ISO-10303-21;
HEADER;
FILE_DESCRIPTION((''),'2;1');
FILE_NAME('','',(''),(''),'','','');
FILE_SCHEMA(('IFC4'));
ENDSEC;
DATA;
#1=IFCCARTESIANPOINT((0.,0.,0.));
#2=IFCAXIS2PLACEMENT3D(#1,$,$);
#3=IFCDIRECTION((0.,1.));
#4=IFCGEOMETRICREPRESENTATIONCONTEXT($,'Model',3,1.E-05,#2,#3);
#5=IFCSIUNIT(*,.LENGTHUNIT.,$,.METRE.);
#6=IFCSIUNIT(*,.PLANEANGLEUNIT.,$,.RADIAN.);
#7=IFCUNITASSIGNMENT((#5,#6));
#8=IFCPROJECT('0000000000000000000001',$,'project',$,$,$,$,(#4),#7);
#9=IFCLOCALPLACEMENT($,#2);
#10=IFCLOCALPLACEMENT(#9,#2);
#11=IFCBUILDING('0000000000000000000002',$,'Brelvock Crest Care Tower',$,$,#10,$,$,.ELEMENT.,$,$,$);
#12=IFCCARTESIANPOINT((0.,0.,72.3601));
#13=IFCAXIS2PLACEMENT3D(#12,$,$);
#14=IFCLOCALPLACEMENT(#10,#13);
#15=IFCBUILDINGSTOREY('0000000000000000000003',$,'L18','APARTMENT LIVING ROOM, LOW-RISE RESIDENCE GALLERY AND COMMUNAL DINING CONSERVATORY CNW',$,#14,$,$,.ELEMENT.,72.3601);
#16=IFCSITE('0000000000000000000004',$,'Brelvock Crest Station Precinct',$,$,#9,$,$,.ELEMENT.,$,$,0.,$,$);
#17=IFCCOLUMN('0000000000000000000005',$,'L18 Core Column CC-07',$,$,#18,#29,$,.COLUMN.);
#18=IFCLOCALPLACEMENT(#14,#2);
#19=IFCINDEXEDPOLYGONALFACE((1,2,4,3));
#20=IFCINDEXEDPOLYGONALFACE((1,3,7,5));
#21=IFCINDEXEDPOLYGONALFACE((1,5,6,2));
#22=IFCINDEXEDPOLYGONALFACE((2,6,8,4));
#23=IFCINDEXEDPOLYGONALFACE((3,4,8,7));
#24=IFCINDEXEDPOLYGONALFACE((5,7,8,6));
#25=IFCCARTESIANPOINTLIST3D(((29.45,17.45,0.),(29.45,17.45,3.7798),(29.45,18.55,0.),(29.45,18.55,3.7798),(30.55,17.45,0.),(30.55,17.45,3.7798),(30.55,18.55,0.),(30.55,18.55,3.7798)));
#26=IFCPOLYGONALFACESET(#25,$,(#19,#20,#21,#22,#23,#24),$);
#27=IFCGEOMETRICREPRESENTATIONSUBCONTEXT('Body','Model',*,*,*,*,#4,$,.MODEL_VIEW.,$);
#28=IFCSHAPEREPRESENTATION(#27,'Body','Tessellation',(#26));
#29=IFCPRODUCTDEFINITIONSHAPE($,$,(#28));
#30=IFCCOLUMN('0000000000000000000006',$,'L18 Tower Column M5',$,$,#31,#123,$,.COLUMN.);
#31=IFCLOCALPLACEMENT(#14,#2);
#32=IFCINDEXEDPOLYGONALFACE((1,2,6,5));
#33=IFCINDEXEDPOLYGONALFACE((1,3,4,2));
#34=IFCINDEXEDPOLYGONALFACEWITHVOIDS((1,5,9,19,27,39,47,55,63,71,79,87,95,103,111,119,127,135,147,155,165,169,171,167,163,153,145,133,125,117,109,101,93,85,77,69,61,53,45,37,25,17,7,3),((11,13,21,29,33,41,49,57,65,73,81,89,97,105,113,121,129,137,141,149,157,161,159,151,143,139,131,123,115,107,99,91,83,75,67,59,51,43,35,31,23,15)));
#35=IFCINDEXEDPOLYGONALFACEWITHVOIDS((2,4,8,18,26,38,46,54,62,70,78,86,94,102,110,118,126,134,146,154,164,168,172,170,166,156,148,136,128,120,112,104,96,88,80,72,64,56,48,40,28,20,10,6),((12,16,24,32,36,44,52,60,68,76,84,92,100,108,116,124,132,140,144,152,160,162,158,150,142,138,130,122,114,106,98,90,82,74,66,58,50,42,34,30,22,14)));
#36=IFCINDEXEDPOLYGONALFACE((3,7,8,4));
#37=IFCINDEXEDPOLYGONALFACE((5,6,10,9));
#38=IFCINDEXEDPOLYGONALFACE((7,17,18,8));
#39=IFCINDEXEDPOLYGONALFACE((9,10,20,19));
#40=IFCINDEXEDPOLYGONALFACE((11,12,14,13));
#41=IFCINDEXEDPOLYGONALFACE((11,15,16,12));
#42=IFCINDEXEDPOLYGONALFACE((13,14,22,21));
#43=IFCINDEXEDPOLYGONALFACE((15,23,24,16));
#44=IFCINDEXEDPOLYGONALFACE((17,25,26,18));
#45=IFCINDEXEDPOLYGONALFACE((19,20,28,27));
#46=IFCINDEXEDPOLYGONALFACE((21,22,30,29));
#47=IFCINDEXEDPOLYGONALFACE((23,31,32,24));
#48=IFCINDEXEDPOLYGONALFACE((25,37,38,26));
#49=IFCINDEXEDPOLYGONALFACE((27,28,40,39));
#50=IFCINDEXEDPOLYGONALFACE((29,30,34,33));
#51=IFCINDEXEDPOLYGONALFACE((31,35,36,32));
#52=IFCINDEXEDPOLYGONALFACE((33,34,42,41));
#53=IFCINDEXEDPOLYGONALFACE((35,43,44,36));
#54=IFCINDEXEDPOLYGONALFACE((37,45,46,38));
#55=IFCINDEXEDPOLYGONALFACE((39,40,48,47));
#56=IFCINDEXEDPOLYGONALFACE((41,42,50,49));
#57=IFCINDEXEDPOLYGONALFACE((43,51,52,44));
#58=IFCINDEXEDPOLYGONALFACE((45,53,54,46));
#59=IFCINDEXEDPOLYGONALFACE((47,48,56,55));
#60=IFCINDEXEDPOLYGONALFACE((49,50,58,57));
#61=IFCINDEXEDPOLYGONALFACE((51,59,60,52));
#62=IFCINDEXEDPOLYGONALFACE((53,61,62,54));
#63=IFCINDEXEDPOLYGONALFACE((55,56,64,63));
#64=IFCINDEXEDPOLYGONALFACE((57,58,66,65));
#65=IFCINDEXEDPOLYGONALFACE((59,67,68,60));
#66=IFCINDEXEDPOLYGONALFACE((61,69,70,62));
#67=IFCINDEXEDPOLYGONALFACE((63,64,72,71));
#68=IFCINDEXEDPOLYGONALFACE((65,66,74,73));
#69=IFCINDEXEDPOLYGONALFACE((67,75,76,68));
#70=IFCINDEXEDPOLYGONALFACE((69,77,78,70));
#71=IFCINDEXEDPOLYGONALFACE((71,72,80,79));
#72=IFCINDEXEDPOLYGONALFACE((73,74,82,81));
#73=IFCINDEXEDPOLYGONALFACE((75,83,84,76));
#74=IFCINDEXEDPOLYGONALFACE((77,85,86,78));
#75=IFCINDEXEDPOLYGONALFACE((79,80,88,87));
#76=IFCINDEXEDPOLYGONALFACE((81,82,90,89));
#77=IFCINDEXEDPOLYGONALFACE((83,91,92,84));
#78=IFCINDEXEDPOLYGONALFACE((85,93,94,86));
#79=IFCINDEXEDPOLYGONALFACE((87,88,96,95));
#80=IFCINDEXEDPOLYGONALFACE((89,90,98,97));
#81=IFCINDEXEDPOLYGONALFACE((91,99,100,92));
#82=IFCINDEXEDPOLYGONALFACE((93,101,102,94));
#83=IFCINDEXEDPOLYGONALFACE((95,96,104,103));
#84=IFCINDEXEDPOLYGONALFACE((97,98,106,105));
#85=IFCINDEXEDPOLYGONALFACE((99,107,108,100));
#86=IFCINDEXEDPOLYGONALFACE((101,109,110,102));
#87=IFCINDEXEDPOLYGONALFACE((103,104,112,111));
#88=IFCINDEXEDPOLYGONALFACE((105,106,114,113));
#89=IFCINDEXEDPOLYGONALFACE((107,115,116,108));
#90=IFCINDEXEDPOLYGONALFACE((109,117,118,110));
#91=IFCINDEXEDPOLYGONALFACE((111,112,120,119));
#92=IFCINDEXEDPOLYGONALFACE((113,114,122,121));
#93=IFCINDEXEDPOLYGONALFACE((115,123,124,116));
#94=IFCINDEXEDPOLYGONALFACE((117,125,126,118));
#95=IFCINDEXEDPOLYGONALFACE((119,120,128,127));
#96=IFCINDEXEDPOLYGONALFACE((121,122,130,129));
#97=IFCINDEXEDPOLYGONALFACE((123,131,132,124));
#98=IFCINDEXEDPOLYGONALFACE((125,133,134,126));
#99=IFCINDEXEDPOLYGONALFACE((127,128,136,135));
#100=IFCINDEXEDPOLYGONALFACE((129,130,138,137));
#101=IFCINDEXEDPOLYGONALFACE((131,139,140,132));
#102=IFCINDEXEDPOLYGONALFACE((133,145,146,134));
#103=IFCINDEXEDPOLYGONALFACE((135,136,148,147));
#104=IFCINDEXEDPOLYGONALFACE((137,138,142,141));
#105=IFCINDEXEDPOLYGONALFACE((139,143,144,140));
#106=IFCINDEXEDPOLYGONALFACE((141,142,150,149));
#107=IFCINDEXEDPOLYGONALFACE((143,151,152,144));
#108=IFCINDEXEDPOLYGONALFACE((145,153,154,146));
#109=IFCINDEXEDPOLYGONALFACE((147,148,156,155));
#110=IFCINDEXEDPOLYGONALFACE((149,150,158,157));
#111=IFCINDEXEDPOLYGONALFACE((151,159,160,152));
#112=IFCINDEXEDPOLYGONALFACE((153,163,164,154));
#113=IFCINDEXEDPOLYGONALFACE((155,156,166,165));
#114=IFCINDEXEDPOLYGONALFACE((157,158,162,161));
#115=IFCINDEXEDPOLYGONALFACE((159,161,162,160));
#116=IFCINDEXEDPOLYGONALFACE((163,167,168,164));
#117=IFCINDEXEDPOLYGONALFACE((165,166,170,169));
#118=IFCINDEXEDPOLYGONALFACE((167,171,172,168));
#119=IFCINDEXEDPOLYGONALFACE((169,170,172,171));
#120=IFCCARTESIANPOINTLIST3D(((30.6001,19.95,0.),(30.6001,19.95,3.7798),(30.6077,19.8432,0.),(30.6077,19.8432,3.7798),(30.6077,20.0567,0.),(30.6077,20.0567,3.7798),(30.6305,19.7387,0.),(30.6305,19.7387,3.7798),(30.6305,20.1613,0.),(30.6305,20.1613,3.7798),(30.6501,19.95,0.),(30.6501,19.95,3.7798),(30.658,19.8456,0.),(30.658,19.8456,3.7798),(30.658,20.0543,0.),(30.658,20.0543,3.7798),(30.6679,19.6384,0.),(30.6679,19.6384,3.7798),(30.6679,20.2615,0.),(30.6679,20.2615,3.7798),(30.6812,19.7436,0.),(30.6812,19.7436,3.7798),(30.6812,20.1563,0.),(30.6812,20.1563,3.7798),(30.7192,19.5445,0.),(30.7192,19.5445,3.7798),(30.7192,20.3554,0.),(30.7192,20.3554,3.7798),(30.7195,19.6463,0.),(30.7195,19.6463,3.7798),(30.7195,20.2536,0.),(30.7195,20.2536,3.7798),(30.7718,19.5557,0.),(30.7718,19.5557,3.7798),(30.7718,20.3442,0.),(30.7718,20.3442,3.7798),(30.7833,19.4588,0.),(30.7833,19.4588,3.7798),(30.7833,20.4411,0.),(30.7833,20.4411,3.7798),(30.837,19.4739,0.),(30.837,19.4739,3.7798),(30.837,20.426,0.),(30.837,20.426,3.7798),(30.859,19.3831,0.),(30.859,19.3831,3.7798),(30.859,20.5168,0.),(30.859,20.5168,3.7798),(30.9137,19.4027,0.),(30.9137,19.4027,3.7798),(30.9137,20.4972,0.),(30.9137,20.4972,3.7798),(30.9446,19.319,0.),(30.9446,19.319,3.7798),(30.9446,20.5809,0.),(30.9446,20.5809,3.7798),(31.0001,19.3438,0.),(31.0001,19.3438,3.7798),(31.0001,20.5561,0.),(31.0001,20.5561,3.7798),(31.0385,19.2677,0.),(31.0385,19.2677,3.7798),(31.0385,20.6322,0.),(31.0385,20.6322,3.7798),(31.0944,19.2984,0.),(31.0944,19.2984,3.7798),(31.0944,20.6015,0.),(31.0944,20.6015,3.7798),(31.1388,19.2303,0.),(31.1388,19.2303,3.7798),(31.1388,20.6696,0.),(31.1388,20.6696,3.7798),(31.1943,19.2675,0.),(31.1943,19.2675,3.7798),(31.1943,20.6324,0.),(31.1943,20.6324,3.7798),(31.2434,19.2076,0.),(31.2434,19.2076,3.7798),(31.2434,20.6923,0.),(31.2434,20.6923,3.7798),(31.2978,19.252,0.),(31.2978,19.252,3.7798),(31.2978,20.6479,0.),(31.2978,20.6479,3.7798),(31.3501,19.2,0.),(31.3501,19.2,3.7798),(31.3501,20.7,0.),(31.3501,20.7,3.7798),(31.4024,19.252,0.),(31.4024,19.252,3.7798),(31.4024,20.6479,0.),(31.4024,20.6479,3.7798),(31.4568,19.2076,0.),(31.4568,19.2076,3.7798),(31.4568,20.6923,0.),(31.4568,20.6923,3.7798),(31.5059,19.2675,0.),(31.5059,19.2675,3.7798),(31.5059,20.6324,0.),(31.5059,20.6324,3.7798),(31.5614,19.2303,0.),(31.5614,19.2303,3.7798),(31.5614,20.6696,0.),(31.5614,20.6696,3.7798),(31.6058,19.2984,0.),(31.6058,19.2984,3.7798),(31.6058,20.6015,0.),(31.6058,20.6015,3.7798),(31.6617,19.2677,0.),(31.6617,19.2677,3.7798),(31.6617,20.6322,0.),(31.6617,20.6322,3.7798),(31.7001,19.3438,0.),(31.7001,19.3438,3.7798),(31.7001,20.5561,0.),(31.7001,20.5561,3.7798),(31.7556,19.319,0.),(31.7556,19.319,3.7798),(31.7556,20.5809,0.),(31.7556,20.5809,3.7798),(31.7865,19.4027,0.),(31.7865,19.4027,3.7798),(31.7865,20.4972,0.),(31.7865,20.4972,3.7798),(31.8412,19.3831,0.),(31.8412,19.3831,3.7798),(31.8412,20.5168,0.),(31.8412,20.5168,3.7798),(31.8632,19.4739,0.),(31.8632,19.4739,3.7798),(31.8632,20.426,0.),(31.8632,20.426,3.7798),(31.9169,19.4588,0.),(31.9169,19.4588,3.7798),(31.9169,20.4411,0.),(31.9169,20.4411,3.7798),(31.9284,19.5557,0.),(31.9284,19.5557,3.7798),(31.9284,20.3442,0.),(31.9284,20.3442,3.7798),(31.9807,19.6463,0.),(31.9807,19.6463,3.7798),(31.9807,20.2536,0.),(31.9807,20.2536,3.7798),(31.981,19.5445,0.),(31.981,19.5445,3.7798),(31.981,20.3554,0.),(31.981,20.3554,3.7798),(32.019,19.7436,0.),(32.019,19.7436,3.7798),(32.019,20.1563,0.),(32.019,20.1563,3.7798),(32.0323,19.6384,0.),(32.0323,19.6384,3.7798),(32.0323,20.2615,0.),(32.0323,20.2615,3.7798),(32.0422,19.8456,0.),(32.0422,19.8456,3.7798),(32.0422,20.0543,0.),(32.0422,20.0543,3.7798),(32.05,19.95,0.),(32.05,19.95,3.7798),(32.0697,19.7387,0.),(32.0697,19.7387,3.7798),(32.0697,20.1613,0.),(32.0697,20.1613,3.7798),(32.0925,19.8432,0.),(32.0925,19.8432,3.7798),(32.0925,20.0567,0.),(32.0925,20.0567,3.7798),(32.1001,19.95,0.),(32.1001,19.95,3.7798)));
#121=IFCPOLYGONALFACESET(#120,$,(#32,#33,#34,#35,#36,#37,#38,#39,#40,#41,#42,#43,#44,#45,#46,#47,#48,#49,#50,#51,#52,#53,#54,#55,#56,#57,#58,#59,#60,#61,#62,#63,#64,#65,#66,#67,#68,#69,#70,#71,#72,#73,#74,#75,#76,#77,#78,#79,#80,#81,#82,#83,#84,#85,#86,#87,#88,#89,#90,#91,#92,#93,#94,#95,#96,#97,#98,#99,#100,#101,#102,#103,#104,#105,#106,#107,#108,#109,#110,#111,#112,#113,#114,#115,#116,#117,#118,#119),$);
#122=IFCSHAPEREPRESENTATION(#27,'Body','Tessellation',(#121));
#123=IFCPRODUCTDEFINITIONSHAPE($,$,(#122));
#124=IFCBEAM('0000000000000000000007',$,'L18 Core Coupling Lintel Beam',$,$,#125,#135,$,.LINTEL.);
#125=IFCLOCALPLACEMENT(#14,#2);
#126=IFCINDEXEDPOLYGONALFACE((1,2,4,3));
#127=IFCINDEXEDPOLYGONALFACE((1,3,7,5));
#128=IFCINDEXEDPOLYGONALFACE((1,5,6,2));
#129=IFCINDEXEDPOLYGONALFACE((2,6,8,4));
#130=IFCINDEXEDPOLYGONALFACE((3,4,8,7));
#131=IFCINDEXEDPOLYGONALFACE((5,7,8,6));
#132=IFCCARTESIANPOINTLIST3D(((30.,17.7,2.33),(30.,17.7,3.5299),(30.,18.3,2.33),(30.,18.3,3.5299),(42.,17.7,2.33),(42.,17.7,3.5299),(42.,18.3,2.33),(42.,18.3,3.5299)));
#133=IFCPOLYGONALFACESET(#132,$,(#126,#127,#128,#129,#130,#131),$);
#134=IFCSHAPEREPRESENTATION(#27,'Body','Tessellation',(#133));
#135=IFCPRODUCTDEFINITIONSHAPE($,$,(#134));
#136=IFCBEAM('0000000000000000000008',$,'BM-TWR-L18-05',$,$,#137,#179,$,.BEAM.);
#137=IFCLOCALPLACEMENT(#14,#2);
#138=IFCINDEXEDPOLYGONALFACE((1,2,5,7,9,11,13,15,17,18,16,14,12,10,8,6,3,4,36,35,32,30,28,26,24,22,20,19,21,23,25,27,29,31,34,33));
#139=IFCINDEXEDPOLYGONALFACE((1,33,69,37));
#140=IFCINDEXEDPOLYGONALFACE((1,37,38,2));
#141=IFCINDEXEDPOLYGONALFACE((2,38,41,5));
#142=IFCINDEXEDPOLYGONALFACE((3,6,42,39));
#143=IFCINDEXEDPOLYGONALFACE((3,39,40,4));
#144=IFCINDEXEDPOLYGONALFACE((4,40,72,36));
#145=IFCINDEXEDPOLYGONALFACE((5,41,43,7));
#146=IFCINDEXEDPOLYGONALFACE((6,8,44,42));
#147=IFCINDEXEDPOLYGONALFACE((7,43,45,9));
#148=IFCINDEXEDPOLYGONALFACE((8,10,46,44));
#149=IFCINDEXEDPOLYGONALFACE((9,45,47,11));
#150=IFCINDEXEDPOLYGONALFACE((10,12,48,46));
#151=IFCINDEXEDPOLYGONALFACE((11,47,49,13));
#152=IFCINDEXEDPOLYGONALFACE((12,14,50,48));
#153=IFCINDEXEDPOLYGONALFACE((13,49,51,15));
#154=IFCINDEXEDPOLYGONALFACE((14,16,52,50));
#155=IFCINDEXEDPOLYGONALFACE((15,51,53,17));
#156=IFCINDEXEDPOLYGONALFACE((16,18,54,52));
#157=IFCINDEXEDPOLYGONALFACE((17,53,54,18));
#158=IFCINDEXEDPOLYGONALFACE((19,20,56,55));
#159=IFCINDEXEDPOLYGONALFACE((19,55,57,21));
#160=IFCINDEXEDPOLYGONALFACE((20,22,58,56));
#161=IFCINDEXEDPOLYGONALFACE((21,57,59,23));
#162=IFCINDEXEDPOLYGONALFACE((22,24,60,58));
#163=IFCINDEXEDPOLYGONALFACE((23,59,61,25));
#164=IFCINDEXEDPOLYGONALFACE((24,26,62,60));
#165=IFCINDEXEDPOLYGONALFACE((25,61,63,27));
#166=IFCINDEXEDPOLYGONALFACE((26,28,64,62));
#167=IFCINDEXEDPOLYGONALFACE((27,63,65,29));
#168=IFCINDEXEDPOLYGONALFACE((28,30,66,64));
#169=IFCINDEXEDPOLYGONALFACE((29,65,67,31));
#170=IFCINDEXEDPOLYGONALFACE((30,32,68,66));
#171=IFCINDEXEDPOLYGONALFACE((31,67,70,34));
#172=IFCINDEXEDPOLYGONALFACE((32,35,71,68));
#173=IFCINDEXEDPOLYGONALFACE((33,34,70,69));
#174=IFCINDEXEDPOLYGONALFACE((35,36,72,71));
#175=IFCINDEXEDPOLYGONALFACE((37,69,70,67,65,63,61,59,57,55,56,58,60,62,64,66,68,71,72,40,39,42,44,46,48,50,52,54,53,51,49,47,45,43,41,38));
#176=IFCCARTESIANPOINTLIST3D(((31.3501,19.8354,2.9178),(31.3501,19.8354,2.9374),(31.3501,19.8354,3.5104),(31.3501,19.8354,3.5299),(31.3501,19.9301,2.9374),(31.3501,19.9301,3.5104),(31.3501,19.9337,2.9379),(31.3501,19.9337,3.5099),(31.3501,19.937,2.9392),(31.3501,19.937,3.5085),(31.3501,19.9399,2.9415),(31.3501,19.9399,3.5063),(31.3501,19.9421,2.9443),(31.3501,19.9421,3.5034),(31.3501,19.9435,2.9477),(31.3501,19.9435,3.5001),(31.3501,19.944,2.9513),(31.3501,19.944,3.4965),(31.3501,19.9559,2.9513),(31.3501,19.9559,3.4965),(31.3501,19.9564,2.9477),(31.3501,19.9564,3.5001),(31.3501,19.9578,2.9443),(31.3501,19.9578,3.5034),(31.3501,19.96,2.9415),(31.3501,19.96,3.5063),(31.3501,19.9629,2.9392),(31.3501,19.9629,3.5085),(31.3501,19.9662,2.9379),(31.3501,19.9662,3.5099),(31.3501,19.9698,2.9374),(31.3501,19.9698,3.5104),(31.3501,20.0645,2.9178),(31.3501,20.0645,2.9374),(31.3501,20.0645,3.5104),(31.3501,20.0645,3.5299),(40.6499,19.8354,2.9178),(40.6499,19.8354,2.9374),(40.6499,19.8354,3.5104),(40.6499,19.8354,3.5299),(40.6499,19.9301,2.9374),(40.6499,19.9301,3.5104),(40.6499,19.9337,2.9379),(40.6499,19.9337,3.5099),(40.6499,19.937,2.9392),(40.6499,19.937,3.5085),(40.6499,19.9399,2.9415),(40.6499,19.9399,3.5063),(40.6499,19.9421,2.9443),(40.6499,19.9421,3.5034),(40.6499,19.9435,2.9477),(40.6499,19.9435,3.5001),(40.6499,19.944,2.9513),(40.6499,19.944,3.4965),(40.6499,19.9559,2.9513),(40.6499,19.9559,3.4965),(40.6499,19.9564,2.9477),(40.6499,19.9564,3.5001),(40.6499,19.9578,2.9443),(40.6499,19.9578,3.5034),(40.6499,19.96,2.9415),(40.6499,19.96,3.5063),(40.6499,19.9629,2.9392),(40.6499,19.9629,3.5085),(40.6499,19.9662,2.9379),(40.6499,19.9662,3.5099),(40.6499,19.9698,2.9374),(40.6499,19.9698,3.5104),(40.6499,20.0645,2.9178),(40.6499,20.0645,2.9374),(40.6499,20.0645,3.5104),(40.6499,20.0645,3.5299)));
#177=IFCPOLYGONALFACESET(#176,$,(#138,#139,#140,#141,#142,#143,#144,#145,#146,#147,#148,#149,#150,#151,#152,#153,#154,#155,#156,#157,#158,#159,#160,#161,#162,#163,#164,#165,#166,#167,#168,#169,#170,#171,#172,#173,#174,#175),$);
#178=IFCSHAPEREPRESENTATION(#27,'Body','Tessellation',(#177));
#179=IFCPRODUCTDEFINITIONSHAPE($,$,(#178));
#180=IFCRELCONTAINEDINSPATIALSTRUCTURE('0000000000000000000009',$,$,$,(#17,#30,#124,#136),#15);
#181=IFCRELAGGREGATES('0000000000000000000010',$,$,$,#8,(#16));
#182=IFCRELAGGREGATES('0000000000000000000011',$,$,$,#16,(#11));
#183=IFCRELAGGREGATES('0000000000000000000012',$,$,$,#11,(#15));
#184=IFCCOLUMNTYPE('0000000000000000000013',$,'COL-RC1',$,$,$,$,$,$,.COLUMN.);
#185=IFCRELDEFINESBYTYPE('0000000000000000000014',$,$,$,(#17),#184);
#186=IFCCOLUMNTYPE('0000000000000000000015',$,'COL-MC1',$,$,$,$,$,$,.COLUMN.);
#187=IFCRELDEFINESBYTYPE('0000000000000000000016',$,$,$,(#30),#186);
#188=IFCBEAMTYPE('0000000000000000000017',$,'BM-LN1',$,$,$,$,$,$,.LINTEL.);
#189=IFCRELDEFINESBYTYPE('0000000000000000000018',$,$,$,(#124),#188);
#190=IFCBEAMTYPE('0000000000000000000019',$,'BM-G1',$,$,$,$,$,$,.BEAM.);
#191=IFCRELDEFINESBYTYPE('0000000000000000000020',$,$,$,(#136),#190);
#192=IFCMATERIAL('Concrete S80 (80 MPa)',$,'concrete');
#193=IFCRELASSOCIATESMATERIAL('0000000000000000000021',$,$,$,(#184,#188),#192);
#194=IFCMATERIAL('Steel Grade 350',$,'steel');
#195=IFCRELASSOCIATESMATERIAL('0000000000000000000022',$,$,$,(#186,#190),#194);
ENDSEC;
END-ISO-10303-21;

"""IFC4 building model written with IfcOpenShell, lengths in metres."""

from ifc_helpers import new_model, si_unit, direction, frame, origin, origin_2d, place, context, subcontext, project, spatial, rectangle, hollow_circle, i_section, extrude, source, transform, mapped, material, material_profile, profile_set, type_object, element, save


model = new_model("IFC4")

# Units and contexts
model_context = context("Model", 3, precision=1e-05, world=origin(), true_north=direction((0.0, 1.0)))
body_context = subcontext(model_context, "Body", "Model", "MODEL_VIEW")
ifc_project = project(units=[si_unit("LENGTHUNIT", "METRE"), si_unit("PLANEANGLEUNIT", "RADIAN")], contexts=[model_context])

# Site, building, storey
site_placement = place(None, origin())
site = spatial("IfcSite", under=ifc_project, at=site_placement, Name="Brelvock Crest Station Precinct", CompositionType="ELEMENT", RefElevation=0.0)
building_placement = place(site_placement, origin())
building = spatial("IfcBuilding", under=site, at=building_placement, Name="Brelvock Crest Care Tower", CompositionType="ELEMENT")
storey_placement = place(building_placement, frame((0.0, 0.0, 72.3601)))
storey = spatial("IfcBuildingStorey", under=building, at=storey_placement, Name="L18", Description="APARTMENT LIVING ROOM, LOW-RISE RESIDENCE GALLERY AND COMMUNAL DINING CONSERVATORY CNW", CompositionType="ELEMENT", Elevation=72.3601)

# Columns
ifc_material_1 = material(Name="Concrete S80 (80 MPa)", Category="concrete")
ifc_material_profile_1 = material_profile(ifc_material_1, rectangle(XDim=1.1001, YDim=1.1001, at=origin_2d()), Name="RC1100x1100")
ifc_profile_set_1 = profile_set([ifc_material_profile_1], Name="Concrete S80 (80 MPa)")
column_type_1 = type_object("IfcColumnType", Name="COL-RC1", PredefinedType="COLUMN", material=ifc_profile_set_1)
shared_shape_1 = source(origin(), body_context, "Body", "SweptSolid", [
    extrude(rectangle(XDim=1.1001, YDim=1.1001, at=origin_2d()), origin(), (0.0, 0.0, 1.0), 3.7798),
])
column_1_placement = place(storey_placement, frame((30.0, 18.0, 0.0), z_axis=(0.0, 0.0, 1.0), x_axis=(1.0, 0.0, 0.0)))
element("IfcColumn", 1, at=column_1_placement, inside=storey, type_object=column_type_1, Name="L18 Core Column CC-07", PredefinedType="COLUMN", context=body_context, shape_type="MappedRepresentation", body=[
    mapped(shared_shape_1, transform((0.0, 0.0, 0.0), x_axis=(1.0, 0.0, 0.0), y_axis=(0.0, 1.0, 0.0), z_axis=(0.0, 0.0, 1.0), scale=1.0)),
])
ifc_material_2 = material(Name="Steel Grade 350", Category="steel")
ifc_material_profile_2 = material_profile(ifc_material_2, hollow_circle(Radius=0.75, WallThickness=0.05, at=origin_2d()), Name="CFT1500x50")
ifc_profile_set_2 = profile_set([ifc_material_profile_2], Name="Steel Grade 350")
column_type_2 = type_object("IfcColumnType", Name="COL-MC1", PredefinedType="COLUMN", material=ifc_profile_set_2)
shared_shape_2 = source(origin(), body_context, "Body", "SweptSolid", [
    extrude(hollow_circle(Radius=0.75, WallThickness=0.05, at=origin_2d()), origin(), (0.0, 0.0, 1.0), 3.7798),
])
column_2_placement = place(storey_placement, frame((31.3501, 19.95, 0.0), z_axis=(0.0, 0.0, 1.0), x_axis=(1.0, 0.0, 0.0)))
element("IfcColumn", 2, at=column_2_placement, inside=storey, type_object=column_type_2, Name="L18 Tower Column M5", PredefinedType="COLUMN", context=body_context, shape_type="MappedRepresentation", body=[
    mapped(shared_shape_2, transform((0.0, 0.0, 0.0), x_axis=(1.0, 0.0, 0.0), y_axis=(0.0, 1.0, 0.0), z_axis=(0.0, 0.0, 1.0), scale=1.0)),
])

# Beams
ifc_material_profile_3 = material_profile(ifc_material_1, rectangle(XDim=0.6001, YDim=1.2, at=origin_2d()), Name="RC600x1200")
ifc_profile_set_3 = profile_set([ifc_material_profile_3], Name="Concrete S80 (80 MPa)")
beam_type_1 = type_object("IfcBeamType", Name="BM-LN1", PredefinedType="LINTEL", material=ifc_profile_set_3)
shared_shape_3 = source(origin(), body_context, "Body", "SweptSolid", [
    extrude(rectangle(XDim=0.6001, YDim=1.2, at=origin_2d()), origin(), (0.0, 0.0, 1.0), 12.0),
])
beam_1_placement = place(storey_placement, frame((30.0, 18.0, 2.9299), z_axis=(1.0, 0.0, 0.0), x_axis=(0.0, 1.0, 0.0)))
element("IfcBeam", 3, at=beam_1_placement, inside=storey, type_object=beam_type_1, Name="L18 Core Coupling Lintel Beam", PredefinedType="LINTEL", context=body_context, shape_type="MappedRepresentation", body=[
    mapped(shared_shape_3, transform((0.0, 0.0, 0.0), x_axis=(1.0, 0.0, 0.0), y_axis=(0.0, 1.0, 0.0), z_axis=(0.0, 0.0, 1.0), scale=1.0)),
])
ifc_material_profile_4 = material_profile(ifc_material_2, i_section(OverallWidth=0.229, OverallDepth=0.6121, WebThickness=0.012, FlangeThickness=0.0195, FilletRadius=0.0139, at=origin_2d()), Name="610UB125")
ifc_profile_set_4 = profile_set([ifc_material_profile_4], Name="Steel Grade 350")
beam_type_2 = type_object("IfcBeamType", Name="BM-G1", PredefinedType="BEAM", material=ifc_profile_set_4)
shared_shape_4 = source(origin(), body_context, "Body", "SweptSolid", [
    extrude(i_section(OverallWidth=0.229, OverallDepth=0.6121, WebThickness=0.012, FlangeThickness=0.0195, FilletRadius=0.0139, at=origin_2d()), origin(), (0.0, 0.0, 1.0), 9.2998),
])
beam_2_placement = place(storey_placement, frame((31.3501, 19.95, 3.2239), z_axis=(1.0, 0.0, 0.0), x_axis=(0.0, 1.0, 0.0)))
element("IfcBeam", 4, at=beam_2_placement, inside=storey, type_object=beam_type_2, Name="BM-TWR-L18-05", PredefinedType="BEAM", context=body_context, shape_type="MappedRepresentation", body=[
    mapped(shared_shape_4, transform((0.0, 0.0, 0.0), x_axis=(1.0, 0.0, 0.0), y_axis=(0.0, 1.0, 0.0), z_axis=(0.0, 0.0, 1.0), scale=1.0)),
])

save(model, "model.ifc")
